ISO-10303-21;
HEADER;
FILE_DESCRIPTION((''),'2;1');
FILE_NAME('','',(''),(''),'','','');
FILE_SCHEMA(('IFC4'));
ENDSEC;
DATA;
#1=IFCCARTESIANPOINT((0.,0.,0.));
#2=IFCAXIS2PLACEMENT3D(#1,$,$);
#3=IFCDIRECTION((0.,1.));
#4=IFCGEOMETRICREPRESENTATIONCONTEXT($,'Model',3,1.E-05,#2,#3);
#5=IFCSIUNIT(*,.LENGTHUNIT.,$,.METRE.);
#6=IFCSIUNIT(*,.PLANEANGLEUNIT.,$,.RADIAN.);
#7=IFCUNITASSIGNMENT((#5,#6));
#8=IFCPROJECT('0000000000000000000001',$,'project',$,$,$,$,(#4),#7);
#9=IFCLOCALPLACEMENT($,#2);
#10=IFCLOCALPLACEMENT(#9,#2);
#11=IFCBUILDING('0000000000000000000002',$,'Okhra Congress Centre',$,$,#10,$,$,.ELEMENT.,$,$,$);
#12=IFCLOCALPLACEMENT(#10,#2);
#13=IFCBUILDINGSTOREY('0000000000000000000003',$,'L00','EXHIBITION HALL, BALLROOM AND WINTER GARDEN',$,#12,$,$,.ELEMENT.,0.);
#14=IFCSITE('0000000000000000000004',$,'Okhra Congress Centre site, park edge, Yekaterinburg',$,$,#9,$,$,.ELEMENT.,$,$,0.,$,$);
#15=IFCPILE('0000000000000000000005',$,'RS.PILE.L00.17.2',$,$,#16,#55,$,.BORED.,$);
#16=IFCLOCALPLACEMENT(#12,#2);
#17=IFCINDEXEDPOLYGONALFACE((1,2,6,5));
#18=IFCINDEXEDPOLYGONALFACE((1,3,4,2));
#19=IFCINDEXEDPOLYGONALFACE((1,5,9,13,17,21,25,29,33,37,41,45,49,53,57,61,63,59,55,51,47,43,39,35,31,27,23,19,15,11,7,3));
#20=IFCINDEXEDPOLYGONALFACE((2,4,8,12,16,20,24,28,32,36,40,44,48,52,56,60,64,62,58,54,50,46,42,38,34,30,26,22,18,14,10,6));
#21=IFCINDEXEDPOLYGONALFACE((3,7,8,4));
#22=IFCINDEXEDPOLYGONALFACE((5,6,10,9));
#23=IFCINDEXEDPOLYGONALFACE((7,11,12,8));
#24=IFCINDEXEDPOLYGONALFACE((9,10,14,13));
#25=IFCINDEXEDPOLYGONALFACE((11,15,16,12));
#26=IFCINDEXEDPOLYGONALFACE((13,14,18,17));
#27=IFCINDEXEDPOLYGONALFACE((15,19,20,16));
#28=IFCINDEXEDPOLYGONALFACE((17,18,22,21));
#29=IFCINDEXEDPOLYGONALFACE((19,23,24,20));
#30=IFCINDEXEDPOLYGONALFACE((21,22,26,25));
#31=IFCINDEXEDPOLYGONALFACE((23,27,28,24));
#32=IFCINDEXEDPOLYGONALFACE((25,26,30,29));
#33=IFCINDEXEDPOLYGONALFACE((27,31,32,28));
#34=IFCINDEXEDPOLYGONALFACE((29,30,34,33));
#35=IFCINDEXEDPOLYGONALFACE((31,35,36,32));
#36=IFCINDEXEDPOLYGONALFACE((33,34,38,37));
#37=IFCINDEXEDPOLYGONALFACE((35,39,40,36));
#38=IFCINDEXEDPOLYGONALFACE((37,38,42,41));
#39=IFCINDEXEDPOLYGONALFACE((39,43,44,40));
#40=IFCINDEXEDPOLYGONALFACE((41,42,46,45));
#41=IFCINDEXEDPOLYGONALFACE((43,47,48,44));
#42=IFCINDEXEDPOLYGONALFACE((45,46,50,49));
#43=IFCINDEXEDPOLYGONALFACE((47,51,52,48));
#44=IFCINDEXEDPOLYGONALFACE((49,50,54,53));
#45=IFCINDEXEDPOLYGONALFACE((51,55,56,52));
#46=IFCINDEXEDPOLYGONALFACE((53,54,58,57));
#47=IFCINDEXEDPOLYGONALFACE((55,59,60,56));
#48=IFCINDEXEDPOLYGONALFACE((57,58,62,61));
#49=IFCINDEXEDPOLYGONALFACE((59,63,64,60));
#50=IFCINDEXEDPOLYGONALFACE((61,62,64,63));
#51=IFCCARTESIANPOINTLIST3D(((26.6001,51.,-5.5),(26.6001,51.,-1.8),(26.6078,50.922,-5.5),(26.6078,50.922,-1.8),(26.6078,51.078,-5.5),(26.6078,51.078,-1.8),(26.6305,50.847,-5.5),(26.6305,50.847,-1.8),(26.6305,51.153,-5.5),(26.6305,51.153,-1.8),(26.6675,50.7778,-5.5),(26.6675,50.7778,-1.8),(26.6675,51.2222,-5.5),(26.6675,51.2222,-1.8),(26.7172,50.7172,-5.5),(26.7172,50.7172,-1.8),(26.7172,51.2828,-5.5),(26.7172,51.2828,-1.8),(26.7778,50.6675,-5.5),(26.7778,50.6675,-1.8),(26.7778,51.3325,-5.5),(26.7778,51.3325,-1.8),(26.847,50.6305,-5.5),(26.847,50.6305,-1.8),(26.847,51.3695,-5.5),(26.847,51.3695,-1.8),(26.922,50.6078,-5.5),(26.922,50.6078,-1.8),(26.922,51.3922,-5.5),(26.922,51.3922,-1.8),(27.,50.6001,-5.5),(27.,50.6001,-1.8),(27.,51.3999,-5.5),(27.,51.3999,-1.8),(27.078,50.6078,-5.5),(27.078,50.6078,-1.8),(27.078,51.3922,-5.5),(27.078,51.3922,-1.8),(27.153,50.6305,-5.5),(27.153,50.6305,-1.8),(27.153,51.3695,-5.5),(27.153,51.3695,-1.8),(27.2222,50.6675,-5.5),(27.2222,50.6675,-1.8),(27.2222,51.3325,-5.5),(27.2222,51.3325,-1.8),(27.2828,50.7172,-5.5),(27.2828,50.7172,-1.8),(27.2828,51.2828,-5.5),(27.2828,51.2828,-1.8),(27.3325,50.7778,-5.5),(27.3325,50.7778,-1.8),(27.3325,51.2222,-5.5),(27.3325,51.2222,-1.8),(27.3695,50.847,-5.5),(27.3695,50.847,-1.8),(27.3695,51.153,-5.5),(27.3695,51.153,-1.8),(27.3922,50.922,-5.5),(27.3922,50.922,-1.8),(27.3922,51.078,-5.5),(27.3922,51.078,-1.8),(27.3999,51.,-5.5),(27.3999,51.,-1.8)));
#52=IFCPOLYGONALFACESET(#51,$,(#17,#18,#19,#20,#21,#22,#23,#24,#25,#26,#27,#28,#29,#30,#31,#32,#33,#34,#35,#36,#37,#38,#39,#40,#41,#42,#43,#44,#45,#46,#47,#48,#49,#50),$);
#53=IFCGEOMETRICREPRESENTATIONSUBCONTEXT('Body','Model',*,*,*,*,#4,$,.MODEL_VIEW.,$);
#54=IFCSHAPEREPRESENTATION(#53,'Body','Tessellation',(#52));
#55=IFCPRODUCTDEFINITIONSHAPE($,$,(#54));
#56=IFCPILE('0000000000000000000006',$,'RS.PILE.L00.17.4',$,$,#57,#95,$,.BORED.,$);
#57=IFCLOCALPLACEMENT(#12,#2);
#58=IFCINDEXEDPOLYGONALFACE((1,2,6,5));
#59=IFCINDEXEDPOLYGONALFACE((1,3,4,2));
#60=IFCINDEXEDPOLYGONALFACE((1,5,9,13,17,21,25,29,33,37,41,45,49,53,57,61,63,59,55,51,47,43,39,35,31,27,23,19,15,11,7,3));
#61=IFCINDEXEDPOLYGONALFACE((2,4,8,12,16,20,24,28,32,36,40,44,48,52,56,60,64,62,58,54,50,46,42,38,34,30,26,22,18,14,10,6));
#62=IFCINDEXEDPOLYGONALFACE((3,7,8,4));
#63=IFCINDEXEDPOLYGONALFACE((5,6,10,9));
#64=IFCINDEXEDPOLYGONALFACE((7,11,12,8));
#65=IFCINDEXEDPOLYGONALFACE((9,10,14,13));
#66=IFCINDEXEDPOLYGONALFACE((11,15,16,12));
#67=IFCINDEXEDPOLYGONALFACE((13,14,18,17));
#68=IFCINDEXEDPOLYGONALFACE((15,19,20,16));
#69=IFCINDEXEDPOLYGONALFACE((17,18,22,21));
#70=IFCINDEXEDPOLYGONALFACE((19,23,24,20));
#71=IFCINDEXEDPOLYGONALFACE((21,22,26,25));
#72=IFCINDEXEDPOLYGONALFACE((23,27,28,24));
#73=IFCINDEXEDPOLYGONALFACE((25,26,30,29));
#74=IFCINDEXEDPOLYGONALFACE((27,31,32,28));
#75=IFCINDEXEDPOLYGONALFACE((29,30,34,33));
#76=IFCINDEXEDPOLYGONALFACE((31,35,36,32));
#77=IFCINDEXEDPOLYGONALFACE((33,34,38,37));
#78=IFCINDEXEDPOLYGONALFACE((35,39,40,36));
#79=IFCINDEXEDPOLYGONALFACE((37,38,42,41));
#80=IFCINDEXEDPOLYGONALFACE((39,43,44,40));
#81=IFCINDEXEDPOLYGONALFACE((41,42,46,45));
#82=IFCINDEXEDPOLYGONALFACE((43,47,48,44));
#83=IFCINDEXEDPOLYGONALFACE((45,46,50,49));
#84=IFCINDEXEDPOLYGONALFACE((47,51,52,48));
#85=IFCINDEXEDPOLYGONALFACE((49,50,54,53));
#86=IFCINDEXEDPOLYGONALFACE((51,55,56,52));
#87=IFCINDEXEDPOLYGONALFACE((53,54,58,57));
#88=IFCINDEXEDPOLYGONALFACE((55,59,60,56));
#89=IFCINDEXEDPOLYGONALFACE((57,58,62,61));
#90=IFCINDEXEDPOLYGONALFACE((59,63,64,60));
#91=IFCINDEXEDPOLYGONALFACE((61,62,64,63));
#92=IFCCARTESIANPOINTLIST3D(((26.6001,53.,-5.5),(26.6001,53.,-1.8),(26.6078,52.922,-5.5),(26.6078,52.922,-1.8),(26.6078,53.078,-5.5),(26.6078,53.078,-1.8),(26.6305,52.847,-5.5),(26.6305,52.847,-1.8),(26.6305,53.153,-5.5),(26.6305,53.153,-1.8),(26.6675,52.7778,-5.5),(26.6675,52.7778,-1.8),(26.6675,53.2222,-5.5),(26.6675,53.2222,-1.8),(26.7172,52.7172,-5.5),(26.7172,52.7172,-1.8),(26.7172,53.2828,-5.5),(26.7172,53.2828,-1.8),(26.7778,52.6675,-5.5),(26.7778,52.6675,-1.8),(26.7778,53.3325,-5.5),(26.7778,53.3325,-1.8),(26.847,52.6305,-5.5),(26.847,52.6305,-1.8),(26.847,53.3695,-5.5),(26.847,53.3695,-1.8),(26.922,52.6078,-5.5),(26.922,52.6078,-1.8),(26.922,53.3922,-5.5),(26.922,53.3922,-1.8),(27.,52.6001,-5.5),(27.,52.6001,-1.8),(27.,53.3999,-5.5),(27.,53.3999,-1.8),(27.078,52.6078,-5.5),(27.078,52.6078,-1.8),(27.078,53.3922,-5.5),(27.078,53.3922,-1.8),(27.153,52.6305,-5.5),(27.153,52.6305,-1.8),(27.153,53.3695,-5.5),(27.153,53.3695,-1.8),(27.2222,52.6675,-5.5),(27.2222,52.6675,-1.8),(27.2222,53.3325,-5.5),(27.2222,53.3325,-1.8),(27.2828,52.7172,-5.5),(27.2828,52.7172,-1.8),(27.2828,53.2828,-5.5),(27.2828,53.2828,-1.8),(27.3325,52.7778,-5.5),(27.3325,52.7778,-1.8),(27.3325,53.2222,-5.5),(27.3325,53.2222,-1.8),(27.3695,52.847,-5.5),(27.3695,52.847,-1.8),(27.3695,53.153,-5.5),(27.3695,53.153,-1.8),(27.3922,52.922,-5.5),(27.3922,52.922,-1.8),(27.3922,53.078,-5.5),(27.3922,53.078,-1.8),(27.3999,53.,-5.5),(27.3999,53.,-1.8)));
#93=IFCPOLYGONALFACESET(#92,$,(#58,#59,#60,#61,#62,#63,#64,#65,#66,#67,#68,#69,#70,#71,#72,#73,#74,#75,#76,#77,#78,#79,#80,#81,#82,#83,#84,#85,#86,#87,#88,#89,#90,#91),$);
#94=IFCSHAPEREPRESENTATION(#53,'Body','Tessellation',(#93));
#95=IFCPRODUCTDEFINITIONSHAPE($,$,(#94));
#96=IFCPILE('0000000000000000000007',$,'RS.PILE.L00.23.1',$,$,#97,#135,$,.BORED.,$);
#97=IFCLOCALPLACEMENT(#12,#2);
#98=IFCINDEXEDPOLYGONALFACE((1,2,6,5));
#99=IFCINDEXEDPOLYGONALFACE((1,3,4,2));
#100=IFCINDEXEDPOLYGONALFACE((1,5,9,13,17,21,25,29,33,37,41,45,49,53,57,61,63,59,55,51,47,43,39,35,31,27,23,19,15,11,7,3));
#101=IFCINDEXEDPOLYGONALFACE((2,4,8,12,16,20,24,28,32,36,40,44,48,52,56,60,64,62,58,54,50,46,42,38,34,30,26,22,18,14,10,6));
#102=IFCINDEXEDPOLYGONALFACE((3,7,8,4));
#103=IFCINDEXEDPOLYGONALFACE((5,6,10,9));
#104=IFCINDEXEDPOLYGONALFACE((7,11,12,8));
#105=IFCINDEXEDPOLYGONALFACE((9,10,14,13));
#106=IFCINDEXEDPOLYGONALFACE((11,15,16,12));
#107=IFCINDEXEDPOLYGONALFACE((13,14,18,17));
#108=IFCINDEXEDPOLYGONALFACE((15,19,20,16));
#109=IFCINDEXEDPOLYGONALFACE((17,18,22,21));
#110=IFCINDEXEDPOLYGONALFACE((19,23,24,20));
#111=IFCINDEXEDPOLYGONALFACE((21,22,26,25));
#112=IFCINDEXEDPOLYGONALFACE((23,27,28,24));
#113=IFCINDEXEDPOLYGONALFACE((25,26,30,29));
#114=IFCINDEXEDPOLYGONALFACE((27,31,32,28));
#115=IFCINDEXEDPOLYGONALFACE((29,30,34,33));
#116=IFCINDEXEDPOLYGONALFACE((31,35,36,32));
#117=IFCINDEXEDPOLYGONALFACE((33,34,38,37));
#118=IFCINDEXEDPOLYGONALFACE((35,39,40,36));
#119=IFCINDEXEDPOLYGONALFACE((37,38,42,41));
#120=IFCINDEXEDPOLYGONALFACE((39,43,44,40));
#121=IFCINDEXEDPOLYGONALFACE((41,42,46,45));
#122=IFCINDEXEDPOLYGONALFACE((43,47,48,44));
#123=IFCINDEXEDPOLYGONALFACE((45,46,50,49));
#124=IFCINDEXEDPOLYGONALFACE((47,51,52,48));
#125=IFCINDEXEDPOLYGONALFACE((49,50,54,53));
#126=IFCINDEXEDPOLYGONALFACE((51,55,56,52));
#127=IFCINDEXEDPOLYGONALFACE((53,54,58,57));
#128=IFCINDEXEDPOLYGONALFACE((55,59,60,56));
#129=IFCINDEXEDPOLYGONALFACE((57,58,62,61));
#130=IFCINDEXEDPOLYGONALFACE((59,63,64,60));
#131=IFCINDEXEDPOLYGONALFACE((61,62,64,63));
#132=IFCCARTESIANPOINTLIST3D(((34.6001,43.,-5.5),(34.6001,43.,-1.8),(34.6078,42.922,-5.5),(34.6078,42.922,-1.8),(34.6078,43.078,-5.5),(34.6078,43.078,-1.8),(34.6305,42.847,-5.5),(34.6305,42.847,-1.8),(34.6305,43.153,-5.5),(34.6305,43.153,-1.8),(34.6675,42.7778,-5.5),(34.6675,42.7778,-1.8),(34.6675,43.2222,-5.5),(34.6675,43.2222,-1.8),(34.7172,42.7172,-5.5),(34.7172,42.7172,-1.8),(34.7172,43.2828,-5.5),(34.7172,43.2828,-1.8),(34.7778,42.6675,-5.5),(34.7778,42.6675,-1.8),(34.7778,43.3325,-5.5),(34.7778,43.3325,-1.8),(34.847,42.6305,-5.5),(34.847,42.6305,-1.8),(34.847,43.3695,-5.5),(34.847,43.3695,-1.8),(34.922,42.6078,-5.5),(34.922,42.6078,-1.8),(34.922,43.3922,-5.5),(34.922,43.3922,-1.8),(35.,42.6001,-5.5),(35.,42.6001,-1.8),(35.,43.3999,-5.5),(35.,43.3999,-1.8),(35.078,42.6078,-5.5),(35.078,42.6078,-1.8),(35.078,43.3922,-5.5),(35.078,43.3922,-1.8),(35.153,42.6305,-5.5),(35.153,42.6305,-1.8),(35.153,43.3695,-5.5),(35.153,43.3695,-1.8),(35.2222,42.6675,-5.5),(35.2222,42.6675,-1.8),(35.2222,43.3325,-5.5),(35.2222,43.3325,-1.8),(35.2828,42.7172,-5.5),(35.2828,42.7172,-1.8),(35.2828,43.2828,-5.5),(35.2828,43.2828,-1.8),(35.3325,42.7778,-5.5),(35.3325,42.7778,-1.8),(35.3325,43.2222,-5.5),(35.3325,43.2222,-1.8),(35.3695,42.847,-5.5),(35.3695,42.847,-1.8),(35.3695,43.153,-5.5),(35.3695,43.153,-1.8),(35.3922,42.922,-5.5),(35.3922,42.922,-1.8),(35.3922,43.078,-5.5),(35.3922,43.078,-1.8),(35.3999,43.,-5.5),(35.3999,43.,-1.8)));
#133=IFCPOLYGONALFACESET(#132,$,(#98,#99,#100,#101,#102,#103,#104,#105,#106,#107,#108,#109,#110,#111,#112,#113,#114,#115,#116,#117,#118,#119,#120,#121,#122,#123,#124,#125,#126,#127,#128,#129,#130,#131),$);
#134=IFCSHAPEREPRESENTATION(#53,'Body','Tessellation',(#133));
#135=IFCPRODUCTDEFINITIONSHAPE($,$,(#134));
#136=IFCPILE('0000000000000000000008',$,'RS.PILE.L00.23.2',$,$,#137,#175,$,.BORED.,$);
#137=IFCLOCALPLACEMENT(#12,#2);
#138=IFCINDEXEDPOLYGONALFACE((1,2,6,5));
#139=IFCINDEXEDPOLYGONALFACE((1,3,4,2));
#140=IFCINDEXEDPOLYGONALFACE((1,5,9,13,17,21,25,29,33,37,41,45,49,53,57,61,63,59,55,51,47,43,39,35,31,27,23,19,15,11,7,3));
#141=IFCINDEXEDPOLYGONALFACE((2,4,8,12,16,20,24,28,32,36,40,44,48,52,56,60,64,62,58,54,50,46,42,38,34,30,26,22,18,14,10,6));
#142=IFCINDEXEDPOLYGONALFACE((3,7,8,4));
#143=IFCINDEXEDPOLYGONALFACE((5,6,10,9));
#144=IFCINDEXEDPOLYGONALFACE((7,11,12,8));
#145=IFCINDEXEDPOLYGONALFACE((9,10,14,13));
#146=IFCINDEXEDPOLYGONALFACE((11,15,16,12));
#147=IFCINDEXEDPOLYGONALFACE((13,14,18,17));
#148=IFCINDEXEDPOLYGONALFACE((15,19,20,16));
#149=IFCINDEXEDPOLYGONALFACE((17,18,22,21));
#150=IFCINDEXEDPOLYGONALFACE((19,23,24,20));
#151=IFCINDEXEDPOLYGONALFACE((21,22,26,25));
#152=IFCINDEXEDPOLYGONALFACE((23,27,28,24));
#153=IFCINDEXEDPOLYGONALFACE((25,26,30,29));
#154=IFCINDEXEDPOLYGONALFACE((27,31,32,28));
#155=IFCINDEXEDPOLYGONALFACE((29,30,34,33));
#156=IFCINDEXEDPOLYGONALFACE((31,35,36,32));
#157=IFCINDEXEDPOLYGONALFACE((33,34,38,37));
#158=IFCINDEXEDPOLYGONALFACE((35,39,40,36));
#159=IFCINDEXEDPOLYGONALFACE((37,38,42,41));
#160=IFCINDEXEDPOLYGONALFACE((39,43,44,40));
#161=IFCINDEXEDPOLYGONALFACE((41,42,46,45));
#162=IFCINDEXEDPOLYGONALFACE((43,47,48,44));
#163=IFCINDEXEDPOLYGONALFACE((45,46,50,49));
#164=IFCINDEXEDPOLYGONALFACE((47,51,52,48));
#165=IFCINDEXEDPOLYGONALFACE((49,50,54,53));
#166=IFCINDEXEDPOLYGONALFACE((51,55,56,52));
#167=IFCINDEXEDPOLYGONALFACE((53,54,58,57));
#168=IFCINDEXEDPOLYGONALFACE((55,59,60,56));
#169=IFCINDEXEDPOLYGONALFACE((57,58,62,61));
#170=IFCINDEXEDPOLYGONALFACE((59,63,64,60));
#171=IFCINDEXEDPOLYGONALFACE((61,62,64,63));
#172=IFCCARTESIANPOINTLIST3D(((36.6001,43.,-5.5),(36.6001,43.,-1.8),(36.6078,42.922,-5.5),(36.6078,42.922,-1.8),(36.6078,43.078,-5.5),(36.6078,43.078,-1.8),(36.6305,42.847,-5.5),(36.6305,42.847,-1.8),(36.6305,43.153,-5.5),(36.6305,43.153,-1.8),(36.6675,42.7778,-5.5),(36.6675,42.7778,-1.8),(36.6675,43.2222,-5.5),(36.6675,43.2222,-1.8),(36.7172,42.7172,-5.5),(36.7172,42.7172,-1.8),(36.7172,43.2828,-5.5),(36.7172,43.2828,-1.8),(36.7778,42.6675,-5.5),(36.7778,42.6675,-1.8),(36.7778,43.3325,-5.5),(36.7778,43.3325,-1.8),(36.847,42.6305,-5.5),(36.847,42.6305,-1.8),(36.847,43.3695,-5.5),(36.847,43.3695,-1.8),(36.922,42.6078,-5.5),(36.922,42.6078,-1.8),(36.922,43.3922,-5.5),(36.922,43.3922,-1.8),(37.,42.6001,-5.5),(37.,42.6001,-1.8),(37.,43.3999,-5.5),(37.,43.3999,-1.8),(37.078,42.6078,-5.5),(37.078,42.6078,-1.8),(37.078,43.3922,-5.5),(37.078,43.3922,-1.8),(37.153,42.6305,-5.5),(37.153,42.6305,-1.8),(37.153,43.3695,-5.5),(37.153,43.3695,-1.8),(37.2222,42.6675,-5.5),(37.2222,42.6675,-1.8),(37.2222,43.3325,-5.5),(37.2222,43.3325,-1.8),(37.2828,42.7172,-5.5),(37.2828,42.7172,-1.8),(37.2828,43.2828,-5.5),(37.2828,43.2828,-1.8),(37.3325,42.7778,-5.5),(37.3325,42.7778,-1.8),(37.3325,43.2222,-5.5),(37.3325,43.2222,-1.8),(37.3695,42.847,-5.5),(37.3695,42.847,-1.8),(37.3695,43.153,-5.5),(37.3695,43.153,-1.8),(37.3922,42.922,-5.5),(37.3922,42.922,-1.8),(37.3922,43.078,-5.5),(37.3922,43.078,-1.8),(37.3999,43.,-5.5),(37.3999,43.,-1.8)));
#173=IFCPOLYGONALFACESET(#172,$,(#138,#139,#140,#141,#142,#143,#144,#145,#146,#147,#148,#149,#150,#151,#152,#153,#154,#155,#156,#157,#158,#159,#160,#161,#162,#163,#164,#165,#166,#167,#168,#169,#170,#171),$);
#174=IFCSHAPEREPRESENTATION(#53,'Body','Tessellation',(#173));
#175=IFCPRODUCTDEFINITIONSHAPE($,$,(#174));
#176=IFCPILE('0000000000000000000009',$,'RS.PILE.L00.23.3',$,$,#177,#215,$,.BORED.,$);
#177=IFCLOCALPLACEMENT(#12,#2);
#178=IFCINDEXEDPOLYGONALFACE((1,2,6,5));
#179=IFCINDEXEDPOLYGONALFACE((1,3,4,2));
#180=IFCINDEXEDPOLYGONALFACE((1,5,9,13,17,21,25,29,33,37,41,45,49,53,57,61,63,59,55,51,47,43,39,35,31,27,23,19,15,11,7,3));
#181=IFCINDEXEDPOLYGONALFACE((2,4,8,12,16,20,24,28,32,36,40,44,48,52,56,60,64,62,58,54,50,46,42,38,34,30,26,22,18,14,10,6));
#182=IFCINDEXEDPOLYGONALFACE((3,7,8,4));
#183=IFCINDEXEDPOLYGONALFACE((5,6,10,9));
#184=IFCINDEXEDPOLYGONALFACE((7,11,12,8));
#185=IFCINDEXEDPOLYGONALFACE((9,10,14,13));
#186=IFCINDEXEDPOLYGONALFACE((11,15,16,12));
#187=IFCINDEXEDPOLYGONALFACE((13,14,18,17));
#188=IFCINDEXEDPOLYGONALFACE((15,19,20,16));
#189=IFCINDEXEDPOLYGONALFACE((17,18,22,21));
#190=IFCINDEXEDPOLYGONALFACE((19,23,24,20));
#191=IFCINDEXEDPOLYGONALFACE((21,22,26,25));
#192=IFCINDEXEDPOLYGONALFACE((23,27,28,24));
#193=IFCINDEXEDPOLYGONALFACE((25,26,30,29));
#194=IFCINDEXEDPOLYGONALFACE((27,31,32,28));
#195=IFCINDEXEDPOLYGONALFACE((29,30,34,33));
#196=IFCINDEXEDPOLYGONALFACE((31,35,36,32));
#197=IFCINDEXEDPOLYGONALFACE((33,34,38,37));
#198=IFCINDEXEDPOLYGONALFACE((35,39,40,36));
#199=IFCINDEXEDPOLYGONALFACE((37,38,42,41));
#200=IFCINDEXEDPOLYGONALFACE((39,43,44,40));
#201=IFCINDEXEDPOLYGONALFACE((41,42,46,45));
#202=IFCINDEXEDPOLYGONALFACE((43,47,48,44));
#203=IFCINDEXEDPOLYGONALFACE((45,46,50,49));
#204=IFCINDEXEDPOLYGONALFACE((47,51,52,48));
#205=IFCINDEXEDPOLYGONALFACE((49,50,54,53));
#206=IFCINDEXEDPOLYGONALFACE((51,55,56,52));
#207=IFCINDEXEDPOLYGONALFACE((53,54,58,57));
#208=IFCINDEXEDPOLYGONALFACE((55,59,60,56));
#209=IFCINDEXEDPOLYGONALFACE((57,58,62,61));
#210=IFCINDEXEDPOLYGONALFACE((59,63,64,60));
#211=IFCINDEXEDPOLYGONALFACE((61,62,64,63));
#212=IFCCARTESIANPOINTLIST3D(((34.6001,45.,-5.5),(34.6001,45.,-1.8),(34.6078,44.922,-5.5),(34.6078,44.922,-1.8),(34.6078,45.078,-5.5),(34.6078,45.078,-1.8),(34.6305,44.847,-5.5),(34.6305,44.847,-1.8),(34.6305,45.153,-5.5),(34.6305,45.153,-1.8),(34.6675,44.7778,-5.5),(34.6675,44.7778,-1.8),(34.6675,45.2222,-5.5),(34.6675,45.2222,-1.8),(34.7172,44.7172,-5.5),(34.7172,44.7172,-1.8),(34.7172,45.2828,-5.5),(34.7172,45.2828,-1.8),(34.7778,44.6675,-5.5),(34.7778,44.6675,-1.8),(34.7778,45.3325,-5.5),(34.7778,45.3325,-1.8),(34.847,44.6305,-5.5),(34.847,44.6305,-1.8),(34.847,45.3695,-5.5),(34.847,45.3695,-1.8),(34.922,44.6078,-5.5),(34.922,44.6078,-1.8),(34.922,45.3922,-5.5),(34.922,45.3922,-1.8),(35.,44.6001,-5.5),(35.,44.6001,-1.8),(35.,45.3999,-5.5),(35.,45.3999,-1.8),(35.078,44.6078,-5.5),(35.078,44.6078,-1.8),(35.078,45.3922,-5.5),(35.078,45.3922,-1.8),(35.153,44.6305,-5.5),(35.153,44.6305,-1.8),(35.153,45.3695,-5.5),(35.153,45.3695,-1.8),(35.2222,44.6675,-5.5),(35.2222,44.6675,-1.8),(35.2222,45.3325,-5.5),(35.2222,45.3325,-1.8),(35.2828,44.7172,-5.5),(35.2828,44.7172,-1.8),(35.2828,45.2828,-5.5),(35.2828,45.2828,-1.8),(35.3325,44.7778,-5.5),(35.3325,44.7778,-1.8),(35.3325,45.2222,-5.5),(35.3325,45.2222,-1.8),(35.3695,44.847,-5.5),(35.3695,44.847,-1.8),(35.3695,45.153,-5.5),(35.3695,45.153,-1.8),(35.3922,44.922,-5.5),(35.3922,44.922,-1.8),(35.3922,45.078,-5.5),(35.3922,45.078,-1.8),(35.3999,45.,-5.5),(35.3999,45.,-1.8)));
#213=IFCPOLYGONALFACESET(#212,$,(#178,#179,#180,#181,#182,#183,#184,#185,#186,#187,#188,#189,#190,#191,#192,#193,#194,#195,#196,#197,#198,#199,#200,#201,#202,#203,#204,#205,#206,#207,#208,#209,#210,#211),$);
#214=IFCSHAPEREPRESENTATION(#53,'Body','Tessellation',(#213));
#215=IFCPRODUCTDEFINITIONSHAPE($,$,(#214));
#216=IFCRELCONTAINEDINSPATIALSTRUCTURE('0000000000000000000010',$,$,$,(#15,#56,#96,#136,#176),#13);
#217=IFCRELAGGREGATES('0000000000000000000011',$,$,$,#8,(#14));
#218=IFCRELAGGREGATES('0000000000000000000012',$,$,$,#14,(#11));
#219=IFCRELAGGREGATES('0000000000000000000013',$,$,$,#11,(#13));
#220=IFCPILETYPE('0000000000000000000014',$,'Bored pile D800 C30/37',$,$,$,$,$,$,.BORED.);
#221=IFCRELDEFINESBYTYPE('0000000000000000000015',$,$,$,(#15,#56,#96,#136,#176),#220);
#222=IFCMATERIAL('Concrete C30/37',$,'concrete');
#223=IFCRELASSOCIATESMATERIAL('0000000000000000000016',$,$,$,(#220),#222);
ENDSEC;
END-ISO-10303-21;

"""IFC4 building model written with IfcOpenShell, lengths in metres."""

from ifc_helpers import new_model, si_unit, direction, frame, origin, origin_2d, place, context, subcontext, project, spatial, circle, extrude, material, material_profile, profile_set, type_object, element, save


model = new_model("IFC4")

# Units and contexts
model_context = context("Model", 3, precision=1e-05, world=origin(), true_north=direction((0.0, 1.0)))
body_context = subcontext(model_context, "Body", "Model", "MODEL_VIEW")
ifc_project = project(units=[si_unit("LENGTHUNIT", "METRE"), si_unit("PLANEANGLEUNIT", "RADIAN")], contexts=[model_context])

# Site, building, storey
site_placement = place(None, origin())
site = spatial("IfcSite", under=ifc_project, at=site_placement, Name="Okhra Congress Centre site, park edge, Yekaterinburg", CompositionType="ELEMENT", RefElevation=0.0)
building_placement = place(site_placement, origin())
building = spatial("IfcBuilding", under=site, at=building_placement, Name="Okhra Congress Centre", CompositionType="ELEMENT")
storey_placement = place(building_placement, origin())
storey = spatial("IfcBuildingStorey", under=building, at=storey_placement, Name="L00", Description="EXHIBITION HALL, BALLROOM AND WINTER GARDEN", CompositionType="ELEMENT", Elevation=0.0)

# Piles
ifc_material_1 = material(Name="Concrete C30/37", Category="concrete")
ifc_material_profile_1 = material_profile(ifc_material_1, circle(Radius=0.3999, at=origin_2d()), Name="D800")
ifc_profile_set_1 = profile_set([ifc_material_profile_1], Name="Concrete C30/37")
pile_type = type_object("IfcPileType", Name="Bored pile D800 C30/37", PredefinedType="BORED", material=ifc_profile_set_1)
for number, where, z_axis, x_axis, name in (
    (1, (27.0, 51.0, -1.8), (0.0, 0.0, -1.0), (1.0, 0.0, 0.0), "RS.PILE.L00.17.2"),
    (2, (27.0, 53.0, -1.8), (0.0, 0.0, -1.0), (1.0, 0.0, 0.0), "RS.PILE.L00.17.4"),
    (3, (35.0, 43.0, -1.8), (0.0, 0.0, -1.0), (1.0, 0.0, 0.0), "RS.PILE.L00.23.1"),
    (4, (37.0, 43.0, -1.8), (0.0, 0.0, -1.0), (1.0, 0.0, 0.0), "RS.PILE.L00.23.2"),
    (5, (35.0, 45.0, -1.8), (0.0, 0.0, -1.0), (1.0, 0.0, 0.0), "RS.PILE.L00.23.3"),
):
    element("IfcPile", number, at=place(storey_placement, frame(where, z_axis=z_axis, x_axis=x_axis)), inside=storey, type_object=pile_type, Name=name, PredefinedType="BORED", context=body_context, shape_type="SweptSolid", body=[
        extrude(circle(Radius=0.3999, at=origin_2d()), origin(), (0.0, 0.0, 1.0), 3.7),
    ])

save(model, "model.ifc")
